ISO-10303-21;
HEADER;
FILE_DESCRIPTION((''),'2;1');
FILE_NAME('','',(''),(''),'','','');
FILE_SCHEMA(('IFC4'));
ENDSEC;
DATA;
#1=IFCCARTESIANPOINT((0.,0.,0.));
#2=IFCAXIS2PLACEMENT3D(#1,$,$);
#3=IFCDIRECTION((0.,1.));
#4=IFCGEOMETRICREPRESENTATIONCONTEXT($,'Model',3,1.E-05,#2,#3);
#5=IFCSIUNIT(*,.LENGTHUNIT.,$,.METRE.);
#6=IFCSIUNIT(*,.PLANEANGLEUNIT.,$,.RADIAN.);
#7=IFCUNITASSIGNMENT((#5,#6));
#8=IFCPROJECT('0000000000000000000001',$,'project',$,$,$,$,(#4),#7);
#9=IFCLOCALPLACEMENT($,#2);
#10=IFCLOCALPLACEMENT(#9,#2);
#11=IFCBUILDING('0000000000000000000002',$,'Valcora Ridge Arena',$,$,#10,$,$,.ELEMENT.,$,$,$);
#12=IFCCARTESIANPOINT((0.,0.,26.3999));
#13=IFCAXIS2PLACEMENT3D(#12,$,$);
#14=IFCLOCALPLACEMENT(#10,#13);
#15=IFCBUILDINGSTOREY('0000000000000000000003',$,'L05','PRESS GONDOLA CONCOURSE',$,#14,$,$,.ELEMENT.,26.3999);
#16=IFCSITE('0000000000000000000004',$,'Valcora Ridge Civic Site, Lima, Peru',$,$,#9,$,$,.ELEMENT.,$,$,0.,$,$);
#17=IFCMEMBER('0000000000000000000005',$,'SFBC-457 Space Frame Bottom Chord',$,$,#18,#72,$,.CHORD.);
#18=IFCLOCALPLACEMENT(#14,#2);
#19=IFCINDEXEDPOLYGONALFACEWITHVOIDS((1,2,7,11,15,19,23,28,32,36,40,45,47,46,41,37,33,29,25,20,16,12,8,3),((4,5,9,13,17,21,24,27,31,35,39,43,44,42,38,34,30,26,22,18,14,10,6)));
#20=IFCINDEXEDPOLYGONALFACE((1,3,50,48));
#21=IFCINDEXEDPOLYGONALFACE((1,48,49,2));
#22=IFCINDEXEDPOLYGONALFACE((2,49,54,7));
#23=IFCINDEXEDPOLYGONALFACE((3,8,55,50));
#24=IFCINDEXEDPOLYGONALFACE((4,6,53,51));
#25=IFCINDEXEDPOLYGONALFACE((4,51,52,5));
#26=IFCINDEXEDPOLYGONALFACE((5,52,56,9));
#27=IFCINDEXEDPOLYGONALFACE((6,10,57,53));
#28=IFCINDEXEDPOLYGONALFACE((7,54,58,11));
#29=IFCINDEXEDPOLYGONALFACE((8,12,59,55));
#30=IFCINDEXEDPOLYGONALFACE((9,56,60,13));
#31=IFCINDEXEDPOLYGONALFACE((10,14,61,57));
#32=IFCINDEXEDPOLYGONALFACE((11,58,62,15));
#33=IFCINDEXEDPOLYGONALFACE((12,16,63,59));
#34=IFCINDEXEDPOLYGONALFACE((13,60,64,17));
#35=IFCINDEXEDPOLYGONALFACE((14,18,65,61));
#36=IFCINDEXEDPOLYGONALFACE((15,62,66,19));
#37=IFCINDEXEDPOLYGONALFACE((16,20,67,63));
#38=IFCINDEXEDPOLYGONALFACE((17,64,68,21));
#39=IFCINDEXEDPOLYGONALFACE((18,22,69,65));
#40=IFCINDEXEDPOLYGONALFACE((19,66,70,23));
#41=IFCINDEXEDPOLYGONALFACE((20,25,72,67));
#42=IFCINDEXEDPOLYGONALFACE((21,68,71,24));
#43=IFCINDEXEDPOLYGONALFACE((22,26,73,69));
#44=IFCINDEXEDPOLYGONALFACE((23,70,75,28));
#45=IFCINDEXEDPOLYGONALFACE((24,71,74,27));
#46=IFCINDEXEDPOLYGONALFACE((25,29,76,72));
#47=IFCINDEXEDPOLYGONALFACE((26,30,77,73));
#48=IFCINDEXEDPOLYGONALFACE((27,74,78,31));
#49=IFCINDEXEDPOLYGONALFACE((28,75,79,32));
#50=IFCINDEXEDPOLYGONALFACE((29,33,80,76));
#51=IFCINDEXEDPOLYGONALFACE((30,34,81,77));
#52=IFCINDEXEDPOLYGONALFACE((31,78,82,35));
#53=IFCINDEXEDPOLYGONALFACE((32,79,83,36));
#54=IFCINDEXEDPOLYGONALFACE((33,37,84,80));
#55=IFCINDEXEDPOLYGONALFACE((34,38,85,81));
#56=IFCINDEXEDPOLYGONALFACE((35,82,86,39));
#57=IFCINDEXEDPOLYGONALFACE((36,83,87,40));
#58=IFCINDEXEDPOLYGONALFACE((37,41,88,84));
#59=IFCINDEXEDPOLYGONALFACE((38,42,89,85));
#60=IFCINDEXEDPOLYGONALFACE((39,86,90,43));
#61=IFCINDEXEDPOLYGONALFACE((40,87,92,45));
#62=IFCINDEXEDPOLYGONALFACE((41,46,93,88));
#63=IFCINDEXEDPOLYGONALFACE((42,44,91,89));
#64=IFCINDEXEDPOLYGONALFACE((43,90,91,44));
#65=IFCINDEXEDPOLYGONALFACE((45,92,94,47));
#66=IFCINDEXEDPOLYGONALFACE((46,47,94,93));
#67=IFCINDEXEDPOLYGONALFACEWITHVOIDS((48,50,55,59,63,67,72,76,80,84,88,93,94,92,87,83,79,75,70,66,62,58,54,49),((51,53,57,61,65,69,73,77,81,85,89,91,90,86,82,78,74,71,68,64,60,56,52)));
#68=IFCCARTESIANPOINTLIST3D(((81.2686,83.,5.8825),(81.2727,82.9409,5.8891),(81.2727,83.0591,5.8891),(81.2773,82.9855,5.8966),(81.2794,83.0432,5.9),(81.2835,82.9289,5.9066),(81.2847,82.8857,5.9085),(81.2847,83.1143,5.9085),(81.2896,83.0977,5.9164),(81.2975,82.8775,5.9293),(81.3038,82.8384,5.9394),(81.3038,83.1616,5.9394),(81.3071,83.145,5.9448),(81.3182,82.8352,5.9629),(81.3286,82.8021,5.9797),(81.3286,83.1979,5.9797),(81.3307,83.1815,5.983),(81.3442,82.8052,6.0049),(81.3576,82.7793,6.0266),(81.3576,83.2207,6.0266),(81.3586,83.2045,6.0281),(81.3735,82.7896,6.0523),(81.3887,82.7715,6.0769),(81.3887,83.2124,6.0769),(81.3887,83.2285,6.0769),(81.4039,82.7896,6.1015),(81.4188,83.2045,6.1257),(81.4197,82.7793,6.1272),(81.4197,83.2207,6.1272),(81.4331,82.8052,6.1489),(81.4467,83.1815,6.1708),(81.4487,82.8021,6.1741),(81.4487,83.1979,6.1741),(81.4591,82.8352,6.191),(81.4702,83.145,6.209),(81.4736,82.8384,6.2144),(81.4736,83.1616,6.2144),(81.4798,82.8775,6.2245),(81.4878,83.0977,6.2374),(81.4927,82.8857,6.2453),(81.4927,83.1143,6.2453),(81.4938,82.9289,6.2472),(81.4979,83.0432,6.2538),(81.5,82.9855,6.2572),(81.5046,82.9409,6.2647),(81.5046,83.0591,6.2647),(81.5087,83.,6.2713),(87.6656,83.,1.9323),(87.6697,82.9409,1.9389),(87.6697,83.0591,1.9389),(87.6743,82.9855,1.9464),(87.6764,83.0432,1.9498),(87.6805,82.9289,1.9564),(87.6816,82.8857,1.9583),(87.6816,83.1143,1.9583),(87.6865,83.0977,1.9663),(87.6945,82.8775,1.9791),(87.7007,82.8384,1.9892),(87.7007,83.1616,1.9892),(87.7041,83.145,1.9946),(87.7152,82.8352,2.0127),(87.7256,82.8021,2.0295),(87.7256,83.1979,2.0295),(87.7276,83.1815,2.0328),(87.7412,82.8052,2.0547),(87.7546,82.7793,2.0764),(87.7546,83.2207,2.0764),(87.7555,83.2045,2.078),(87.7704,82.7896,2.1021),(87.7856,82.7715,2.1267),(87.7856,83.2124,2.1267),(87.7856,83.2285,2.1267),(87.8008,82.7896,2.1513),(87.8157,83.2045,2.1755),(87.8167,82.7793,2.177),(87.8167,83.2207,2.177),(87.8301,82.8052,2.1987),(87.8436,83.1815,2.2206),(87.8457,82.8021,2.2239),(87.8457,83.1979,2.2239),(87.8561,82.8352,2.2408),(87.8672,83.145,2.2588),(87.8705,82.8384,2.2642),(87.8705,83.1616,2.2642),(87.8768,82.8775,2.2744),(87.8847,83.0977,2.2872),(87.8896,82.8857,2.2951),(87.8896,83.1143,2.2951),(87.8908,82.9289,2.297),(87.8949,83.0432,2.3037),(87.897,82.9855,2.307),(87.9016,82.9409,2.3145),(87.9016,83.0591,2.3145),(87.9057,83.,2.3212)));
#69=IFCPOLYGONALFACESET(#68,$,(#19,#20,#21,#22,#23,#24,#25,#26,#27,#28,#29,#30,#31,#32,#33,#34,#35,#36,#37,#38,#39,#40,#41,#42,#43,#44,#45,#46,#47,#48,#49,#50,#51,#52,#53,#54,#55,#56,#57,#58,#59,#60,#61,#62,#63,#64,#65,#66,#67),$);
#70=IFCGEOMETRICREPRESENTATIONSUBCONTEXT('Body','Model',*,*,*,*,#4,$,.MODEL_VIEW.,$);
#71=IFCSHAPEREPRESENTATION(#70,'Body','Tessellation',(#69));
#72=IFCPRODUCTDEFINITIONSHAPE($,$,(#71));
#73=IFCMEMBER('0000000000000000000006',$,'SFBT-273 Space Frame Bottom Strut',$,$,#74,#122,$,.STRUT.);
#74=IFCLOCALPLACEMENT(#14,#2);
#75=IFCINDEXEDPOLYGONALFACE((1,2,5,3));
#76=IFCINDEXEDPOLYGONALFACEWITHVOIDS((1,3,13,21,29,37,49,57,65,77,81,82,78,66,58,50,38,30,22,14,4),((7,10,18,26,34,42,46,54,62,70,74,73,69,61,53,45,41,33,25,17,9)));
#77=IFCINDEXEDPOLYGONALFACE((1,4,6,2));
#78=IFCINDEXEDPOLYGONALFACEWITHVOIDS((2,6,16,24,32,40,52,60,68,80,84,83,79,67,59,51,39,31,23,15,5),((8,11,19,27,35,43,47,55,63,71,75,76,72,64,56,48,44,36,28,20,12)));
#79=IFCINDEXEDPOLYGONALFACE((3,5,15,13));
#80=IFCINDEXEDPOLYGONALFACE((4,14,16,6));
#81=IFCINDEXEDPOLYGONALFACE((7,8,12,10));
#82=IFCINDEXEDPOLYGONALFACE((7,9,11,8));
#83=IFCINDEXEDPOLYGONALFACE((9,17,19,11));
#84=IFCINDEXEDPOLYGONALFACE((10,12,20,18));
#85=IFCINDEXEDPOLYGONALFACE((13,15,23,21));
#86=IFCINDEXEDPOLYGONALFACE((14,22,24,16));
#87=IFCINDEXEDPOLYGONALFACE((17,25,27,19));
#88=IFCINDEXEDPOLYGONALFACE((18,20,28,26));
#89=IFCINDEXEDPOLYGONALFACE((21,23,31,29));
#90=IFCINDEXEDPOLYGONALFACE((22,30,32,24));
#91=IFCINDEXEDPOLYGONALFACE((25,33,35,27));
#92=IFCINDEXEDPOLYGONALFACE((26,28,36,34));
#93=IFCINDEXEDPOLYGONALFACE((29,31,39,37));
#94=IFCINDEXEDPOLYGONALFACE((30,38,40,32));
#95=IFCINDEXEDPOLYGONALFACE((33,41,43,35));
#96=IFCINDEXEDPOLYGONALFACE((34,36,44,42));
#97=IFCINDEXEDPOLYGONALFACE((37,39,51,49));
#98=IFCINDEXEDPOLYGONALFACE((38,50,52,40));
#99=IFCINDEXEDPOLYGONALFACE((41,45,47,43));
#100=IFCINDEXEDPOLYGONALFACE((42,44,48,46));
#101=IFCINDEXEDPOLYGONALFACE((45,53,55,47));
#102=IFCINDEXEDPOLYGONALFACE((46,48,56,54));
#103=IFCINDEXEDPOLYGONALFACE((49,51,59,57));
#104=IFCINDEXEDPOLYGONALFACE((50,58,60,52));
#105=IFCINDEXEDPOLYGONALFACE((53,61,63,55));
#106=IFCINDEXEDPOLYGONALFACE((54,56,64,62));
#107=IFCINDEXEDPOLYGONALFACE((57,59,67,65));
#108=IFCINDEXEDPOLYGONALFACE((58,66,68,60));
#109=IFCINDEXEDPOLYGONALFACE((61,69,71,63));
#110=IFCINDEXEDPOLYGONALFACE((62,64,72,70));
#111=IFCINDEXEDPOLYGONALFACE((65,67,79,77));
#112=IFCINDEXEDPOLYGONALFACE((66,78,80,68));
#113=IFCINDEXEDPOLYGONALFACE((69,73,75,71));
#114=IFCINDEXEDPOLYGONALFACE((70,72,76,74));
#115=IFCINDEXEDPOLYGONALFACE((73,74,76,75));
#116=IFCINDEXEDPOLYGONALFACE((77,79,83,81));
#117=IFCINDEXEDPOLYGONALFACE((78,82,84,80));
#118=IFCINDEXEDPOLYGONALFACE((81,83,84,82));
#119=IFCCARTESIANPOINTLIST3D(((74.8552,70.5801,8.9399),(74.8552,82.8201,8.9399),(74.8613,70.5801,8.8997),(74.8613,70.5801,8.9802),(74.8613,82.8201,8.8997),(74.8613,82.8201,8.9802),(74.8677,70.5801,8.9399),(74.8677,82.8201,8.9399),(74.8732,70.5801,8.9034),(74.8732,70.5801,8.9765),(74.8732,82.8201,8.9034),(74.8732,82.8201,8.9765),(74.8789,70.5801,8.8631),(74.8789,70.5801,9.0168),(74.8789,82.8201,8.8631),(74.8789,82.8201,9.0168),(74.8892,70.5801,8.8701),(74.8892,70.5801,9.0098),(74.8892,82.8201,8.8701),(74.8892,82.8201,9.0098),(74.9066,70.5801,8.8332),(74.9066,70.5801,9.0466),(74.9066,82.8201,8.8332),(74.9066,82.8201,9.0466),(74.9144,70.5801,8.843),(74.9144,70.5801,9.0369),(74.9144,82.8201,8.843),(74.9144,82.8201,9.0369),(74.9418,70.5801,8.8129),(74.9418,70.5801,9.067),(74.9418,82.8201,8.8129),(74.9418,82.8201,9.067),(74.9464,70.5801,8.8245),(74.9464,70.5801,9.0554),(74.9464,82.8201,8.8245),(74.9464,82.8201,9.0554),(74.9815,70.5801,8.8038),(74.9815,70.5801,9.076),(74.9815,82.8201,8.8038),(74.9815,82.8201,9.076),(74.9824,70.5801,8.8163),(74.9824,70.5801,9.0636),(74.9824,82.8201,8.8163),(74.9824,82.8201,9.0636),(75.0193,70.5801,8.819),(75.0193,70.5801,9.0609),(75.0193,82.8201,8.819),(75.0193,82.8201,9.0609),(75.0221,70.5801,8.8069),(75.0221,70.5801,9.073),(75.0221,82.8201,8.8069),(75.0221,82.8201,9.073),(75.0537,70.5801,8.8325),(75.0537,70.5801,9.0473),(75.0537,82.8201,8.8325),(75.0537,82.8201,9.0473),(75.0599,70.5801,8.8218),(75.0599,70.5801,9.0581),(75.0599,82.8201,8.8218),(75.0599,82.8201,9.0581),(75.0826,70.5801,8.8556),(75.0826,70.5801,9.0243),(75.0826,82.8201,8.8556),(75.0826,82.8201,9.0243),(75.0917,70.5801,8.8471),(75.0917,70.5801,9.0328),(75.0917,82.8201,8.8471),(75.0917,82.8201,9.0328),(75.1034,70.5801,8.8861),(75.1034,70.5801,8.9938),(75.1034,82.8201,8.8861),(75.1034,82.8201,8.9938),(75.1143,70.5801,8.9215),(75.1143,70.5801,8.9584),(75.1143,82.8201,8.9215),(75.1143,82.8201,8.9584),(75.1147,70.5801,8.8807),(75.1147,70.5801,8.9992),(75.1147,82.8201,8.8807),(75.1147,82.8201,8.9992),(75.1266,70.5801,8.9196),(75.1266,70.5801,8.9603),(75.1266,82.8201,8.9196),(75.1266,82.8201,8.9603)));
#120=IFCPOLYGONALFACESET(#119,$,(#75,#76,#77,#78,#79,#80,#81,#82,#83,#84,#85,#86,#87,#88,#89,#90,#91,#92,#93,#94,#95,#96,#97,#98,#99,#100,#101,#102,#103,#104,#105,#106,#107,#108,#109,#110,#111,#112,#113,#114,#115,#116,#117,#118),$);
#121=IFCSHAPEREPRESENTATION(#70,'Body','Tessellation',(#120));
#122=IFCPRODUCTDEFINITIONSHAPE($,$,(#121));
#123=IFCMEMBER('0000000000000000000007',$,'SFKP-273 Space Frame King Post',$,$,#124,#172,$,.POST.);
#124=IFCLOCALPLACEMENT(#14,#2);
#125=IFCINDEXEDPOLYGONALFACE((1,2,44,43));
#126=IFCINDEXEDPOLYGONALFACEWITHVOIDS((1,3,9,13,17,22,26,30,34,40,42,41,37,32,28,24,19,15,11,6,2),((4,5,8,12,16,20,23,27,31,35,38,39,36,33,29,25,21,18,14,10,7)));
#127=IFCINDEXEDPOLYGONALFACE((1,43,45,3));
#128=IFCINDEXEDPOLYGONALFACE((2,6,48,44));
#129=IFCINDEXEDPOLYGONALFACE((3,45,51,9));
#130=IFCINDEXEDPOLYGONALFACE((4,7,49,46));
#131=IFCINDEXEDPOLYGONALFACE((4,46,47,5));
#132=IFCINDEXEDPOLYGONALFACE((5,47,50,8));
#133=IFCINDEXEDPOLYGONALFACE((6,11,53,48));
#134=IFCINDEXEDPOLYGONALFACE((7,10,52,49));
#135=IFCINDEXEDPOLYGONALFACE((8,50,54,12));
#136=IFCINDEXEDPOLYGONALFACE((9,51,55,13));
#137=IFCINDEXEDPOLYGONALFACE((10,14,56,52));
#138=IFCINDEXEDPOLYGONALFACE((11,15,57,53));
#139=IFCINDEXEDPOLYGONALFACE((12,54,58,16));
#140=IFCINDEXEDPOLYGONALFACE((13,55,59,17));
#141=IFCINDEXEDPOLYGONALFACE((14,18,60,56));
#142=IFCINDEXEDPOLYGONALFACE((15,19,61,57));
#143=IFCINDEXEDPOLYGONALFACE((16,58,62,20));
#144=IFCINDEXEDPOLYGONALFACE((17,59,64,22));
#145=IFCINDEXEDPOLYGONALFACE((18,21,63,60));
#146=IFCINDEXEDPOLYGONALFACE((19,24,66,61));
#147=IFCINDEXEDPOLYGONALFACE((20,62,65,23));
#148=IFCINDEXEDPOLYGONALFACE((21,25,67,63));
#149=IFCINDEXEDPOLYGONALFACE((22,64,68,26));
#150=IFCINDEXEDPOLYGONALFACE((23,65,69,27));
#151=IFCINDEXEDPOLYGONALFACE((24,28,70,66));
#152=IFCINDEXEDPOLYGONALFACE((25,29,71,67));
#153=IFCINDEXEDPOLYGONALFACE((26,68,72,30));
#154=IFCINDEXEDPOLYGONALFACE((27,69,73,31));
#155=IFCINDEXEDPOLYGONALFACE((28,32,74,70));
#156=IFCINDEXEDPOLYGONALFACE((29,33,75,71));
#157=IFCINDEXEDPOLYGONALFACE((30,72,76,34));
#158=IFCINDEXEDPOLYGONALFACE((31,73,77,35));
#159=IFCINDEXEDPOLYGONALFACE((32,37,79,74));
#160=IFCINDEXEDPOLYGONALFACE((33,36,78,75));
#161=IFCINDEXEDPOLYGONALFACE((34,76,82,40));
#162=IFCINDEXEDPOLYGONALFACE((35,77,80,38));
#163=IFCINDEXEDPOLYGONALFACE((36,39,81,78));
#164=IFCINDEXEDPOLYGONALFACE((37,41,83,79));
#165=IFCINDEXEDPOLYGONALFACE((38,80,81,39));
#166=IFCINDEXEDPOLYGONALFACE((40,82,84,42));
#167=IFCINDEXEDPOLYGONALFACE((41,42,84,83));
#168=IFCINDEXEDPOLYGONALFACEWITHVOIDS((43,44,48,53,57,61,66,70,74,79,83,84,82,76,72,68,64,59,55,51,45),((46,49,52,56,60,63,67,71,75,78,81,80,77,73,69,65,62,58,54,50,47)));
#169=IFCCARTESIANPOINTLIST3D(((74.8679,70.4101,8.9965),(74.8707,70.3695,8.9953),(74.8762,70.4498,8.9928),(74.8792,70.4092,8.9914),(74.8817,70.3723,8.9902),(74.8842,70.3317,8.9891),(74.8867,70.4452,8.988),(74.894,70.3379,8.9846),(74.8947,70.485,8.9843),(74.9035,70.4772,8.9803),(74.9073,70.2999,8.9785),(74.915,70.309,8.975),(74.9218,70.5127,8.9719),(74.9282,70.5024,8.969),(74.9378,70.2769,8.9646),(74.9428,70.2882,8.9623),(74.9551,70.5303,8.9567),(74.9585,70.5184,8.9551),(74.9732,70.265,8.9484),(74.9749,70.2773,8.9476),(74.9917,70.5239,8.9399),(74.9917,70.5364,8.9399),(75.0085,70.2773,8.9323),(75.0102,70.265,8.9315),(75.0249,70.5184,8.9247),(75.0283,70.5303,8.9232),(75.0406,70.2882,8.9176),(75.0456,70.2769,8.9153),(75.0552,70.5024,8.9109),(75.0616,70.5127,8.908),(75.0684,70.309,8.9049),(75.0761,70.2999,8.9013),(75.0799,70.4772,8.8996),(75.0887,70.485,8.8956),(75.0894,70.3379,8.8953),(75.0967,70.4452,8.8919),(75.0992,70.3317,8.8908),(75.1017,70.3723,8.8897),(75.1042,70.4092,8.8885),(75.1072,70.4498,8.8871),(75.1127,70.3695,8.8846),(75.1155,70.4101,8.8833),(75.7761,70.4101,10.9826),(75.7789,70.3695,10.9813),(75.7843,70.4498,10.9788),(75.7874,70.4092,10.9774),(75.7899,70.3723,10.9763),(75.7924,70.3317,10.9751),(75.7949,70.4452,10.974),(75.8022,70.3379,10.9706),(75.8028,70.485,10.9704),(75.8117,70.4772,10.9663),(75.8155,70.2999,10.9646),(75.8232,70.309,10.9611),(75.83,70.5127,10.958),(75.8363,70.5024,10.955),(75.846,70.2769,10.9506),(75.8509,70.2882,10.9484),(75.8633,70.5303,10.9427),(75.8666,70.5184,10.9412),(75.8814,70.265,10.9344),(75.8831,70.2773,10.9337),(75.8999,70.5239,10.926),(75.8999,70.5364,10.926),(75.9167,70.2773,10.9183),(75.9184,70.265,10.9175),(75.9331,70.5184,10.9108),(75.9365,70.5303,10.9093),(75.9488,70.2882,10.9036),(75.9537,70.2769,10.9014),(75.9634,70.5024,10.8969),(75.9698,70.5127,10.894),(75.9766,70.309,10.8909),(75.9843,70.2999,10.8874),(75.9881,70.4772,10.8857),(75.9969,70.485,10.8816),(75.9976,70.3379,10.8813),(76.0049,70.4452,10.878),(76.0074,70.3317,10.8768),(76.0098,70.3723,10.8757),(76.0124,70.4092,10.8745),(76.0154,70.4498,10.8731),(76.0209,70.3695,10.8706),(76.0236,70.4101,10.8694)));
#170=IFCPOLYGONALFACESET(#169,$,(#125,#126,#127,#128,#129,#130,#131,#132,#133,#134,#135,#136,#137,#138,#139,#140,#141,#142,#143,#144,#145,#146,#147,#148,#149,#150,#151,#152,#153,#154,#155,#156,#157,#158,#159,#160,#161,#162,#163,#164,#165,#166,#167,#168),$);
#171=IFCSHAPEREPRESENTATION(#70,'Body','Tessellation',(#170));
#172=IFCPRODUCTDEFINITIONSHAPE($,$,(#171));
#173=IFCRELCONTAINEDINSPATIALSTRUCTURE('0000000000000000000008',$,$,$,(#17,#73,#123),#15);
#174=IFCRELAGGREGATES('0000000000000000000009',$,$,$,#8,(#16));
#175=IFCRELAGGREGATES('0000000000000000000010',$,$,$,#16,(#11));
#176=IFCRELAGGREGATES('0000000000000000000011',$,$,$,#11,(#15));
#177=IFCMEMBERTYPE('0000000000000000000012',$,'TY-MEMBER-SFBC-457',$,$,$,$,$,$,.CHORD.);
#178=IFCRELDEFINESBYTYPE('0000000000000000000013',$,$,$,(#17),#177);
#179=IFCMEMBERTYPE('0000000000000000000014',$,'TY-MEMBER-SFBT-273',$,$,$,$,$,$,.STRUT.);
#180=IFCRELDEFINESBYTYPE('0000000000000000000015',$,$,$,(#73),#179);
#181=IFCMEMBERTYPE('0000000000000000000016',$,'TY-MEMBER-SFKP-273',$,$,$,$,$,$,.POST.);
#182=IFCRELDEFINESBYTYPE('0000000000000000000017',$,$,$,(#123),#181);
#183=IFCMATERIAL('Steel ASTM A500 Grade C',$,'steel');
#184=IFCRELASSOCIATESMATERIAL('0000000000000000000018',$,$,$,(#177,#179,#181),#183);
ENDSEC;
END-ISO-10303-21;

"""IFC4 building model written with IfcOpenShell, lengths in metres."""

from ifc_helpers import new_model, si_unit, direction, frame, origin, origin_2d, place, context, subcontext, project, spatial, hollow_circle, extrude, material, material_profile, profile_set, type_object, element, save


model = new_model("IFC4")

# Units and contexts
model_context = context("Model", 3, precision=1e-05, world=origin(), true_north=direction((0.0, 1.0)))
body_context = subcontext(model_context, "Body", "Model", "MODEL_VIEW")
ifc_project = project(units=[si_unit("LENGTHUNIT", "METRE"), si_unit("PLANEANGLEUNIT", "RADIAN")], contexts=[model_context])

# Site, building, storey
site_placement = place(None, origin())
site = spatial("IfcSite", under=ifc_project, at=site_placement, Name="Valcora Ridge Civic Site, Lima, Peru", CompositionType="ELEMENT", RefElevation=0.0)
building_placement = place(site_placement, origin())
building = spatial("IfcBuilding", under=site, at=building_placement, Name="Valcora Ridge Arena", CompositionType="ELEMENT")
storey_placement = place(building_placement, frame((0.0, 0.0, 26.3999)))
storey = spatial("IfcBuildingStorey", under=building, at=storey_placement, Name="L05", Description="PRESS GONDOLA CONCOURSE", CompositionType="ELEMENT", Elevation=26.3999)

# Members
ifc_material_1 = material(Name="Steel ASTM A500 Grade C", Category="steel")
ifc_material_profile_1 = material_profile(ifc_material_1, hollow_circle(Radius=0.2285, WallThickness=0.0161, at=origin_2d()), Name="CHS457X16")
ifc_profile_set_1 = profile_set([ifc_material_profile_1], Name="Steel ASTM A500 Grade C")
member_type_1 = type_object("IfcMemberType", Name="TY-MEMBER-SFBC-457", PredefinedType="CHORD", material=ifc_profile_set_1)
member_1_placement = place(storey_placement, frame((81.3887, 83.0, 6.0769), z_axis=(0.85085, 0.0, -0.525409), x_axis=(0.0, 1.0, 0.0)))
element("IfcMember", 1, at=member_1_placement, inside=storey, type_object=member_type_1, Name="SFBC-457 Space Frame Bottom Chord", PredefinedType="CHORD", context=body_context, shape_type="SweptSolid", body=[
    extrude(hollow_circle(Radius=0.2285, WallThickness=0.0161, at=origin_2d()), origin(), (0.0, 0.0, 1.0), 7.5183),
])
ifc_material_profile_2 = material_profile(ifc_material_1, hollow_circle(Radius=0.1365, WallThickness=0.0125, at=origin_2d()), Name="CHS273X12")
ifc_profile_set_2 = profile_set([ifc_material_profile_2], Name="Steel ASTM A500 Grade C")
member_type_2 = type_object("IfcMemberType", Name="TY-MEMBER-SFBT-273", PredefinedType="STRUT", material=ifc_profile_set_2)
member_2_placement = place(storey_placement, frame((74.9917, 70.5801, 8.9399), z_axis=(0.0, 1.0, 0.0), x_axis=(-1.0, 0.0, 0.0)))
element("IfcMember", 2, at=member_2_placement, inside=storey, type_object=member_type_2, Name="SFBT-273 Space Frame Bottom Strut", PredefinedType="STRUT", context=body_context, shape_type="SweptSolid", body=[
    extrude(hollow_circle(Radius=0.1365, WallThickness=0.0125, at=origin_2d()), origin(), (0.0, 0.0, 1.0), 12.24),
])
ifc_material_profile_3 = material_profile(ifc_material_1, hollow_circle(Radius=0.1365, WallThickness=0.0125, at=origin_2d()), Name="CHS273X12")
ifc_profile_set_3 = profile_set([ifc_material_profile_3], Name="Steel ASTM A500 Grade C")
member_type_3 = type_object("IfcMemberType", Name="TY-MEMBER-SFKP-273", PredefinedType="POST", material=ifc_profile_set_3)
member_3_placement = place(storey_placement, frame((74.9917, 70.3999, 8.9399), z_axis=(0.415865, 0.0, 0.909426), x_axis=(0.0, 1.0, 0.0)))
element("IfcMember", 3, at=member_3_placement, inside=storey, type_object=member_type_3, Name="SFKP-273 Space Frame King Post", PredefinedType="POST", context=body_context, shape_type="SweptSolid", body=[
    extrude(hollow_circle(Radius=0.1365, WallThickness=0.0125, at=origin_2d()), origin(), (0.0, 0.0, 1.0), 2.1838),
])

save(model, "model.ifc")
